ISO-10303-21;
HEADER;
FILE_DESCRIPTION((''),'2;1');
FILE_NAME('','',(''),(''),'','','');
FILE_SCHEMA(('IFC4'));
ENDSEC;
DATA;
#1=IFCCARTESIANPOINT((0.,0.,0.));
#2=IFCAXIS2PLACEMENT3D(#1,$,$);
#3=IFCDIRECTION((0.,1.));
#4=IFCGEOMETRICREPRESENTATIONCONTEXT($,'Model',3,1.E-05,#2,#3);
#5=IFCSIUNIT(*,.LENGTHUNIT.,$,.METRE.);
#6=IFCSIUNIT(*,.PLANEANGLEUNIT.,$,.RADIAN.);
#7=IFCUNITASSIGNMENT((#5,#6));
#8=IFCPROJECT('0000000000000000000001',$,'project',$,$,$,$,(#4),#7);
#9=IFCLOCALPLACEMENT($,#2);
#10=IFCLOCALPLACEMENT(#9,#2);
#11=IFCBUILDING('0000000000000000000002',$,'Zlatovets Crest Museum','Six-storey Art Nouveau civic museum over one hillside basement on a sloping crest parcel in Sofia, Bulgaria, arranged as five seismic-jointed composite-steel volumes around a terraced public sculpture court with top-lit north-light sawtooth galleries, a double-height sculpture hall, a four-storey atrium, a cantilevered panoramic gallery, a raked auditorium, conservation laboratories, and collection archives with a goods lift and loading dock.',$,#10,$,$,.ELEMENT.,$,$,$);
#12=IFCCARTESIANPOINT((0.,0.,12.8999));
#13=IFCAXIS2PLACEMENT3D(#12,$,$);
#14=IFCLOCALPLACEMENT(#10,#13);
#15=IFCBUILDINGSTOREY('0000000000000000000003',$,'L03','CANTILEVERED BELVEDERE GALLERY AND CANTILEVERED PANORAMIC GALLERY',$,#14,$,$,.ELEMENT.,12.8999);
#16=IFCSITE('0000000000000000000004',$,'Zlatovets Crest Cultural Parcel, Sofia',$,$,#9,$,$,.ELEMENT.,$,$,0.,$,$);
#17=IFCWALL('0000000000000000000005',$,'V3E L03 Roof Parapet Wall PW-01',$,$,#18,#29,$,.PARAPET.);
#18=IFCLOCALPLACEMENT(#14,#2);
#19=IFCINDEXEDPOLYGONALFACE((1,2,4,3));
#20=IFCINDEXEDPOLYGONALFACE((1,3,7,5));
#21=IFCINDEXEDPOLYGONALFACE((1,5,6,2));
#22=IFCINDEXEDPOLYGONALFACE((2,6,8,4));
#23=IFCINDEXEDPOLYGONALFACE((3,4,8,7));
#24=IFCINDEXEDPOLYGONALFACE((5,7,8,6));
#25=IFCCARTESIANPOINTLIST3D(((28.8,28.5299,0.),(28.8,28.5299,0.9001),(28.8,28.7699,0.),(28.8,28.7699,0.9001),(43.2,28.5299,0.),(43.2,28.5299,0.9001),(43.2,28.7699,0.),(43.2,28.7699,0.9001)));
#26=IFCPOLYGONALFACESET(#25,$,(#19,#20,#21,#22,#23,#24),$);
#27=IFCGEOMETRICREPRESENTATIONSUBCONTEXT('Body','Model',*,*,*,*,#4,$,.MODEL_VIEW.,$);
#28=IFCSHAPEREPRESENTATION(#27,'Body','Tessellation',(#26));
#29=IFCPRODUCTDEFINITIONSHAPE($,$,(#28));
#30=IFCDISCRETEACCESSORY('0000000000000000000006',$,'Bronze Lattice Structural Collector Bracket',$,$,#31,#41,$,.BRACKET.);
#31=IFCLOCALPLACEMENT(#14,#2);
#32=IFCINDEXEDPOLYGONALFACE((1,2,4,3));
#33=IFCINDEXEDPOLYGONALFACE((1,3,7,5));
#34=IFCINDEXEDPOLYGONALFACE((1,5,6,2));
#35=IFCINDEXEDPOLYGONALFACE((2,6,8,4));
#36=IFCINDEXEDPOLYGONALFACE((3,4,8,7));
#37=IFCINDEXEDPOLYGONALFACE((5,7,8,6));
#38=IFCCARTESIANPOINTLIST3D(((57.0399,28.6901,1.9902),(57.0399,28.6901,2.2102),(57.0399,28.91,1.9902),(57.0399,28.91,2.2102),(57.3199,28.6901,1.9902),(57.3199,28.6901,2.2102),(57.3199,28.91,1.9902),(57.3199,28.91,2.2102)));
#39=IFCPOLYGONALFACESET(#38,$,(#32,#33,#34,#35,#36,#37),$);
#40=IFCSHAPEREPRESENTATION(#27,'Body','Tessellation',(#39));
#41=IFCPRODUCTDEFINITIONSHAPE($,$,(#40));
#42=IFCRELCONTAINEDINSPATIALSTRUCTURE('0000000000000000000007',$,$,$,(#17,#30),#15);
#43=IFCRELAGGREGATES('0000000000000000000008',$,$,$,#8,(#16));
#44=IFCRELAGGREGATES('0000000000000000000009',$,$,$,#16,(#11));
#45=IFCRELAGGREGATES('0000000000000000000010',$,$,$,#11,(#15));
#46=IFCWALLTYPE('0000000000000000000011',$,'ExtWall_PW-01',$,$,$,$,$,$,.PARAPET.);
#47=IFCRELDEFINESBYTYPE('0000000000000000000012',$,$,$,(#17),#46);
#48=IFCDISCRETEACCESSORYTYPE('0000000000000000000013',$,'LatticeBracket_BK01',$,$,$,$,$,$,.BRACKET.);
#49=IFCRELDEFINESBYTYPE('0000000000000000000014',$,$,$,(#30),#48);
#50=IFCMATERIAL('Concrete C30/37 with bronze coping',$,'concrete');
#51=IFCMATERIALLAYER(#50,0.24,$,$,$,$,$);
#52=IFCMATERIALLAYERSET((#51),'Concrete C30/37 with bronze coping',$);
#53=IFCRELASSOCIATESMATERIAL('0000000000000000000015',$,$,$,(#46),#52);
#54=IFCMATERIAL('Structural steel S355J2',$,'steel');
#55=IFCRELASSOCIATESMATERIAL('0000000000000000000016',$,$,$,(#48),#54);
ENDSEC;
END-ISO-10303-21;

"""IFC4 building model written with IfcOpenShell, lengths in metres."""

from ifc_helpers import new_model, si_unit, direction, frame, frame_2d, origin, origin_2d, place, context, subcontext, project, spatial, rectangle, extrude, material, layer, layer_set, type_object, element, save


model = new_model("IFC4")

# Units and contexts
model_context = context("Model", 3, precision=1e-05, world=origin(), true_north=direction((0.0, 1.0)))
body_context = subcontext(model_context, "Body", "Model", "MODEL_VIEW")
ifc_project = project(units=[si_unit("LENGTHUNIT", "METRE"), si_unit("PLANEANGLEUNIT", "RADIAN")], contexts=[model_context])

# Site, building, storey
site_placement = place(None, origin())
site = spatial("IfcSite", under=ifc_project, at=site_placement, Name="Zlatovets Crest Cultural Parcel, Sofia", CompositionType="ELEMENT", RefElevation=0.0)
building_placement = place(site_placement, origin())
building = spatial("IfcBuilding", under=site, at=building_placement, Name="Zlatovets Crest Museum", Description="Six-storey Art Nouveau civic museum over one hillside basement on a sloping crest parcel in Sofia, Bulgaria, arranged as five seismic-jointed composite-steel volumes around a terraced public sculpture court with top-lit north-light sawtooth galleries, a double-height sculpture hall, a four-storey atrium, a cantilevered panoramic gallery, a raked auditorium, conservation laboratories, and collection archives with a goods lift and loading dock.", CompositionType="ELEMENT")
storey_placement = place(building_placement, frame((0.0, 0.0, 12.8999)))
storey = spatial("IfcBuildingStorey", under=building, at=storey_placement, Name="L03", Description="CANTILEVERED BELVEDERE GALLERY AND CANTILEVERED PANORAMIC GALLERY", CompositionType="ELEMENT", Elevation=12.8999)

# Shared definitions
ifc_material_1 = material(Name="Structural steel S355J2", Category="steel")

# Wall
ifc_material_2 = material(Name="Concrete C30/37 with bronze coping", Category="concrete")
ifc_layer_1 = layer(ifc_material_2, 0.24)
ifc_layer_set_1 = layer_set([ifc_layer_1], Name="Concrete C30/37 with bronze coping")
wall_type = type_object("IfcWallType", Name="ExtWall_PW-01", PredefinedType="PARAPET", material=ifc_layer_set_1)
wall_placement = place(storey_placement, frame((43.2, 28.6499, 0.0), z_axis=(0.0, 0.0, 1.0), x_axis=(-1.0, 0.0, 0.0)))
element("IfcWall", 1, at=wall_placement, inside=storey, type_object=wall_type, Name="V3E L03 Roof Parapet Wall PW-01", PredefinedType="PARAPET", context=body_context, shape_type="SweptSolid", body=[
    extrude(rectangle(XDim=14.3999, YDim=0.24, at=frame_2d((7.2, 0.0))), origin(), (0.0, 0.0, 1.0), 0.9001),
])

# Discrete accessory
discrete_accessory_type = type_object("IfcDiscreteAccessoryType", Name="LatticeBracket_BK01", PredefinedType="BRACKET", material=ifc_material_1)
discrete_accessory_placement = place(storey_placement, frame((57.1799, 28.8, 1.9902), z_axis=(0.0, 0.0, 1.0), x_axis=(1.0, 0.0, 0.0)))
element("IfcDiscreteAccessory", 2, at=discrete_accessory_placement, inside=storey, type_object=discrete_accessory_type, Name="Bronze Lattice Structural Collector Bracket", PredefinedType="BRACKET", context=body_context, shape_type="SweptSolid", body=[
    extrude(rectangle(XDim=0.28, YDim=0.22, at=origin_2d()), origin(), (0.0, 0.0, 1.0), 0.22),
])

save(model, "model.ifc")
